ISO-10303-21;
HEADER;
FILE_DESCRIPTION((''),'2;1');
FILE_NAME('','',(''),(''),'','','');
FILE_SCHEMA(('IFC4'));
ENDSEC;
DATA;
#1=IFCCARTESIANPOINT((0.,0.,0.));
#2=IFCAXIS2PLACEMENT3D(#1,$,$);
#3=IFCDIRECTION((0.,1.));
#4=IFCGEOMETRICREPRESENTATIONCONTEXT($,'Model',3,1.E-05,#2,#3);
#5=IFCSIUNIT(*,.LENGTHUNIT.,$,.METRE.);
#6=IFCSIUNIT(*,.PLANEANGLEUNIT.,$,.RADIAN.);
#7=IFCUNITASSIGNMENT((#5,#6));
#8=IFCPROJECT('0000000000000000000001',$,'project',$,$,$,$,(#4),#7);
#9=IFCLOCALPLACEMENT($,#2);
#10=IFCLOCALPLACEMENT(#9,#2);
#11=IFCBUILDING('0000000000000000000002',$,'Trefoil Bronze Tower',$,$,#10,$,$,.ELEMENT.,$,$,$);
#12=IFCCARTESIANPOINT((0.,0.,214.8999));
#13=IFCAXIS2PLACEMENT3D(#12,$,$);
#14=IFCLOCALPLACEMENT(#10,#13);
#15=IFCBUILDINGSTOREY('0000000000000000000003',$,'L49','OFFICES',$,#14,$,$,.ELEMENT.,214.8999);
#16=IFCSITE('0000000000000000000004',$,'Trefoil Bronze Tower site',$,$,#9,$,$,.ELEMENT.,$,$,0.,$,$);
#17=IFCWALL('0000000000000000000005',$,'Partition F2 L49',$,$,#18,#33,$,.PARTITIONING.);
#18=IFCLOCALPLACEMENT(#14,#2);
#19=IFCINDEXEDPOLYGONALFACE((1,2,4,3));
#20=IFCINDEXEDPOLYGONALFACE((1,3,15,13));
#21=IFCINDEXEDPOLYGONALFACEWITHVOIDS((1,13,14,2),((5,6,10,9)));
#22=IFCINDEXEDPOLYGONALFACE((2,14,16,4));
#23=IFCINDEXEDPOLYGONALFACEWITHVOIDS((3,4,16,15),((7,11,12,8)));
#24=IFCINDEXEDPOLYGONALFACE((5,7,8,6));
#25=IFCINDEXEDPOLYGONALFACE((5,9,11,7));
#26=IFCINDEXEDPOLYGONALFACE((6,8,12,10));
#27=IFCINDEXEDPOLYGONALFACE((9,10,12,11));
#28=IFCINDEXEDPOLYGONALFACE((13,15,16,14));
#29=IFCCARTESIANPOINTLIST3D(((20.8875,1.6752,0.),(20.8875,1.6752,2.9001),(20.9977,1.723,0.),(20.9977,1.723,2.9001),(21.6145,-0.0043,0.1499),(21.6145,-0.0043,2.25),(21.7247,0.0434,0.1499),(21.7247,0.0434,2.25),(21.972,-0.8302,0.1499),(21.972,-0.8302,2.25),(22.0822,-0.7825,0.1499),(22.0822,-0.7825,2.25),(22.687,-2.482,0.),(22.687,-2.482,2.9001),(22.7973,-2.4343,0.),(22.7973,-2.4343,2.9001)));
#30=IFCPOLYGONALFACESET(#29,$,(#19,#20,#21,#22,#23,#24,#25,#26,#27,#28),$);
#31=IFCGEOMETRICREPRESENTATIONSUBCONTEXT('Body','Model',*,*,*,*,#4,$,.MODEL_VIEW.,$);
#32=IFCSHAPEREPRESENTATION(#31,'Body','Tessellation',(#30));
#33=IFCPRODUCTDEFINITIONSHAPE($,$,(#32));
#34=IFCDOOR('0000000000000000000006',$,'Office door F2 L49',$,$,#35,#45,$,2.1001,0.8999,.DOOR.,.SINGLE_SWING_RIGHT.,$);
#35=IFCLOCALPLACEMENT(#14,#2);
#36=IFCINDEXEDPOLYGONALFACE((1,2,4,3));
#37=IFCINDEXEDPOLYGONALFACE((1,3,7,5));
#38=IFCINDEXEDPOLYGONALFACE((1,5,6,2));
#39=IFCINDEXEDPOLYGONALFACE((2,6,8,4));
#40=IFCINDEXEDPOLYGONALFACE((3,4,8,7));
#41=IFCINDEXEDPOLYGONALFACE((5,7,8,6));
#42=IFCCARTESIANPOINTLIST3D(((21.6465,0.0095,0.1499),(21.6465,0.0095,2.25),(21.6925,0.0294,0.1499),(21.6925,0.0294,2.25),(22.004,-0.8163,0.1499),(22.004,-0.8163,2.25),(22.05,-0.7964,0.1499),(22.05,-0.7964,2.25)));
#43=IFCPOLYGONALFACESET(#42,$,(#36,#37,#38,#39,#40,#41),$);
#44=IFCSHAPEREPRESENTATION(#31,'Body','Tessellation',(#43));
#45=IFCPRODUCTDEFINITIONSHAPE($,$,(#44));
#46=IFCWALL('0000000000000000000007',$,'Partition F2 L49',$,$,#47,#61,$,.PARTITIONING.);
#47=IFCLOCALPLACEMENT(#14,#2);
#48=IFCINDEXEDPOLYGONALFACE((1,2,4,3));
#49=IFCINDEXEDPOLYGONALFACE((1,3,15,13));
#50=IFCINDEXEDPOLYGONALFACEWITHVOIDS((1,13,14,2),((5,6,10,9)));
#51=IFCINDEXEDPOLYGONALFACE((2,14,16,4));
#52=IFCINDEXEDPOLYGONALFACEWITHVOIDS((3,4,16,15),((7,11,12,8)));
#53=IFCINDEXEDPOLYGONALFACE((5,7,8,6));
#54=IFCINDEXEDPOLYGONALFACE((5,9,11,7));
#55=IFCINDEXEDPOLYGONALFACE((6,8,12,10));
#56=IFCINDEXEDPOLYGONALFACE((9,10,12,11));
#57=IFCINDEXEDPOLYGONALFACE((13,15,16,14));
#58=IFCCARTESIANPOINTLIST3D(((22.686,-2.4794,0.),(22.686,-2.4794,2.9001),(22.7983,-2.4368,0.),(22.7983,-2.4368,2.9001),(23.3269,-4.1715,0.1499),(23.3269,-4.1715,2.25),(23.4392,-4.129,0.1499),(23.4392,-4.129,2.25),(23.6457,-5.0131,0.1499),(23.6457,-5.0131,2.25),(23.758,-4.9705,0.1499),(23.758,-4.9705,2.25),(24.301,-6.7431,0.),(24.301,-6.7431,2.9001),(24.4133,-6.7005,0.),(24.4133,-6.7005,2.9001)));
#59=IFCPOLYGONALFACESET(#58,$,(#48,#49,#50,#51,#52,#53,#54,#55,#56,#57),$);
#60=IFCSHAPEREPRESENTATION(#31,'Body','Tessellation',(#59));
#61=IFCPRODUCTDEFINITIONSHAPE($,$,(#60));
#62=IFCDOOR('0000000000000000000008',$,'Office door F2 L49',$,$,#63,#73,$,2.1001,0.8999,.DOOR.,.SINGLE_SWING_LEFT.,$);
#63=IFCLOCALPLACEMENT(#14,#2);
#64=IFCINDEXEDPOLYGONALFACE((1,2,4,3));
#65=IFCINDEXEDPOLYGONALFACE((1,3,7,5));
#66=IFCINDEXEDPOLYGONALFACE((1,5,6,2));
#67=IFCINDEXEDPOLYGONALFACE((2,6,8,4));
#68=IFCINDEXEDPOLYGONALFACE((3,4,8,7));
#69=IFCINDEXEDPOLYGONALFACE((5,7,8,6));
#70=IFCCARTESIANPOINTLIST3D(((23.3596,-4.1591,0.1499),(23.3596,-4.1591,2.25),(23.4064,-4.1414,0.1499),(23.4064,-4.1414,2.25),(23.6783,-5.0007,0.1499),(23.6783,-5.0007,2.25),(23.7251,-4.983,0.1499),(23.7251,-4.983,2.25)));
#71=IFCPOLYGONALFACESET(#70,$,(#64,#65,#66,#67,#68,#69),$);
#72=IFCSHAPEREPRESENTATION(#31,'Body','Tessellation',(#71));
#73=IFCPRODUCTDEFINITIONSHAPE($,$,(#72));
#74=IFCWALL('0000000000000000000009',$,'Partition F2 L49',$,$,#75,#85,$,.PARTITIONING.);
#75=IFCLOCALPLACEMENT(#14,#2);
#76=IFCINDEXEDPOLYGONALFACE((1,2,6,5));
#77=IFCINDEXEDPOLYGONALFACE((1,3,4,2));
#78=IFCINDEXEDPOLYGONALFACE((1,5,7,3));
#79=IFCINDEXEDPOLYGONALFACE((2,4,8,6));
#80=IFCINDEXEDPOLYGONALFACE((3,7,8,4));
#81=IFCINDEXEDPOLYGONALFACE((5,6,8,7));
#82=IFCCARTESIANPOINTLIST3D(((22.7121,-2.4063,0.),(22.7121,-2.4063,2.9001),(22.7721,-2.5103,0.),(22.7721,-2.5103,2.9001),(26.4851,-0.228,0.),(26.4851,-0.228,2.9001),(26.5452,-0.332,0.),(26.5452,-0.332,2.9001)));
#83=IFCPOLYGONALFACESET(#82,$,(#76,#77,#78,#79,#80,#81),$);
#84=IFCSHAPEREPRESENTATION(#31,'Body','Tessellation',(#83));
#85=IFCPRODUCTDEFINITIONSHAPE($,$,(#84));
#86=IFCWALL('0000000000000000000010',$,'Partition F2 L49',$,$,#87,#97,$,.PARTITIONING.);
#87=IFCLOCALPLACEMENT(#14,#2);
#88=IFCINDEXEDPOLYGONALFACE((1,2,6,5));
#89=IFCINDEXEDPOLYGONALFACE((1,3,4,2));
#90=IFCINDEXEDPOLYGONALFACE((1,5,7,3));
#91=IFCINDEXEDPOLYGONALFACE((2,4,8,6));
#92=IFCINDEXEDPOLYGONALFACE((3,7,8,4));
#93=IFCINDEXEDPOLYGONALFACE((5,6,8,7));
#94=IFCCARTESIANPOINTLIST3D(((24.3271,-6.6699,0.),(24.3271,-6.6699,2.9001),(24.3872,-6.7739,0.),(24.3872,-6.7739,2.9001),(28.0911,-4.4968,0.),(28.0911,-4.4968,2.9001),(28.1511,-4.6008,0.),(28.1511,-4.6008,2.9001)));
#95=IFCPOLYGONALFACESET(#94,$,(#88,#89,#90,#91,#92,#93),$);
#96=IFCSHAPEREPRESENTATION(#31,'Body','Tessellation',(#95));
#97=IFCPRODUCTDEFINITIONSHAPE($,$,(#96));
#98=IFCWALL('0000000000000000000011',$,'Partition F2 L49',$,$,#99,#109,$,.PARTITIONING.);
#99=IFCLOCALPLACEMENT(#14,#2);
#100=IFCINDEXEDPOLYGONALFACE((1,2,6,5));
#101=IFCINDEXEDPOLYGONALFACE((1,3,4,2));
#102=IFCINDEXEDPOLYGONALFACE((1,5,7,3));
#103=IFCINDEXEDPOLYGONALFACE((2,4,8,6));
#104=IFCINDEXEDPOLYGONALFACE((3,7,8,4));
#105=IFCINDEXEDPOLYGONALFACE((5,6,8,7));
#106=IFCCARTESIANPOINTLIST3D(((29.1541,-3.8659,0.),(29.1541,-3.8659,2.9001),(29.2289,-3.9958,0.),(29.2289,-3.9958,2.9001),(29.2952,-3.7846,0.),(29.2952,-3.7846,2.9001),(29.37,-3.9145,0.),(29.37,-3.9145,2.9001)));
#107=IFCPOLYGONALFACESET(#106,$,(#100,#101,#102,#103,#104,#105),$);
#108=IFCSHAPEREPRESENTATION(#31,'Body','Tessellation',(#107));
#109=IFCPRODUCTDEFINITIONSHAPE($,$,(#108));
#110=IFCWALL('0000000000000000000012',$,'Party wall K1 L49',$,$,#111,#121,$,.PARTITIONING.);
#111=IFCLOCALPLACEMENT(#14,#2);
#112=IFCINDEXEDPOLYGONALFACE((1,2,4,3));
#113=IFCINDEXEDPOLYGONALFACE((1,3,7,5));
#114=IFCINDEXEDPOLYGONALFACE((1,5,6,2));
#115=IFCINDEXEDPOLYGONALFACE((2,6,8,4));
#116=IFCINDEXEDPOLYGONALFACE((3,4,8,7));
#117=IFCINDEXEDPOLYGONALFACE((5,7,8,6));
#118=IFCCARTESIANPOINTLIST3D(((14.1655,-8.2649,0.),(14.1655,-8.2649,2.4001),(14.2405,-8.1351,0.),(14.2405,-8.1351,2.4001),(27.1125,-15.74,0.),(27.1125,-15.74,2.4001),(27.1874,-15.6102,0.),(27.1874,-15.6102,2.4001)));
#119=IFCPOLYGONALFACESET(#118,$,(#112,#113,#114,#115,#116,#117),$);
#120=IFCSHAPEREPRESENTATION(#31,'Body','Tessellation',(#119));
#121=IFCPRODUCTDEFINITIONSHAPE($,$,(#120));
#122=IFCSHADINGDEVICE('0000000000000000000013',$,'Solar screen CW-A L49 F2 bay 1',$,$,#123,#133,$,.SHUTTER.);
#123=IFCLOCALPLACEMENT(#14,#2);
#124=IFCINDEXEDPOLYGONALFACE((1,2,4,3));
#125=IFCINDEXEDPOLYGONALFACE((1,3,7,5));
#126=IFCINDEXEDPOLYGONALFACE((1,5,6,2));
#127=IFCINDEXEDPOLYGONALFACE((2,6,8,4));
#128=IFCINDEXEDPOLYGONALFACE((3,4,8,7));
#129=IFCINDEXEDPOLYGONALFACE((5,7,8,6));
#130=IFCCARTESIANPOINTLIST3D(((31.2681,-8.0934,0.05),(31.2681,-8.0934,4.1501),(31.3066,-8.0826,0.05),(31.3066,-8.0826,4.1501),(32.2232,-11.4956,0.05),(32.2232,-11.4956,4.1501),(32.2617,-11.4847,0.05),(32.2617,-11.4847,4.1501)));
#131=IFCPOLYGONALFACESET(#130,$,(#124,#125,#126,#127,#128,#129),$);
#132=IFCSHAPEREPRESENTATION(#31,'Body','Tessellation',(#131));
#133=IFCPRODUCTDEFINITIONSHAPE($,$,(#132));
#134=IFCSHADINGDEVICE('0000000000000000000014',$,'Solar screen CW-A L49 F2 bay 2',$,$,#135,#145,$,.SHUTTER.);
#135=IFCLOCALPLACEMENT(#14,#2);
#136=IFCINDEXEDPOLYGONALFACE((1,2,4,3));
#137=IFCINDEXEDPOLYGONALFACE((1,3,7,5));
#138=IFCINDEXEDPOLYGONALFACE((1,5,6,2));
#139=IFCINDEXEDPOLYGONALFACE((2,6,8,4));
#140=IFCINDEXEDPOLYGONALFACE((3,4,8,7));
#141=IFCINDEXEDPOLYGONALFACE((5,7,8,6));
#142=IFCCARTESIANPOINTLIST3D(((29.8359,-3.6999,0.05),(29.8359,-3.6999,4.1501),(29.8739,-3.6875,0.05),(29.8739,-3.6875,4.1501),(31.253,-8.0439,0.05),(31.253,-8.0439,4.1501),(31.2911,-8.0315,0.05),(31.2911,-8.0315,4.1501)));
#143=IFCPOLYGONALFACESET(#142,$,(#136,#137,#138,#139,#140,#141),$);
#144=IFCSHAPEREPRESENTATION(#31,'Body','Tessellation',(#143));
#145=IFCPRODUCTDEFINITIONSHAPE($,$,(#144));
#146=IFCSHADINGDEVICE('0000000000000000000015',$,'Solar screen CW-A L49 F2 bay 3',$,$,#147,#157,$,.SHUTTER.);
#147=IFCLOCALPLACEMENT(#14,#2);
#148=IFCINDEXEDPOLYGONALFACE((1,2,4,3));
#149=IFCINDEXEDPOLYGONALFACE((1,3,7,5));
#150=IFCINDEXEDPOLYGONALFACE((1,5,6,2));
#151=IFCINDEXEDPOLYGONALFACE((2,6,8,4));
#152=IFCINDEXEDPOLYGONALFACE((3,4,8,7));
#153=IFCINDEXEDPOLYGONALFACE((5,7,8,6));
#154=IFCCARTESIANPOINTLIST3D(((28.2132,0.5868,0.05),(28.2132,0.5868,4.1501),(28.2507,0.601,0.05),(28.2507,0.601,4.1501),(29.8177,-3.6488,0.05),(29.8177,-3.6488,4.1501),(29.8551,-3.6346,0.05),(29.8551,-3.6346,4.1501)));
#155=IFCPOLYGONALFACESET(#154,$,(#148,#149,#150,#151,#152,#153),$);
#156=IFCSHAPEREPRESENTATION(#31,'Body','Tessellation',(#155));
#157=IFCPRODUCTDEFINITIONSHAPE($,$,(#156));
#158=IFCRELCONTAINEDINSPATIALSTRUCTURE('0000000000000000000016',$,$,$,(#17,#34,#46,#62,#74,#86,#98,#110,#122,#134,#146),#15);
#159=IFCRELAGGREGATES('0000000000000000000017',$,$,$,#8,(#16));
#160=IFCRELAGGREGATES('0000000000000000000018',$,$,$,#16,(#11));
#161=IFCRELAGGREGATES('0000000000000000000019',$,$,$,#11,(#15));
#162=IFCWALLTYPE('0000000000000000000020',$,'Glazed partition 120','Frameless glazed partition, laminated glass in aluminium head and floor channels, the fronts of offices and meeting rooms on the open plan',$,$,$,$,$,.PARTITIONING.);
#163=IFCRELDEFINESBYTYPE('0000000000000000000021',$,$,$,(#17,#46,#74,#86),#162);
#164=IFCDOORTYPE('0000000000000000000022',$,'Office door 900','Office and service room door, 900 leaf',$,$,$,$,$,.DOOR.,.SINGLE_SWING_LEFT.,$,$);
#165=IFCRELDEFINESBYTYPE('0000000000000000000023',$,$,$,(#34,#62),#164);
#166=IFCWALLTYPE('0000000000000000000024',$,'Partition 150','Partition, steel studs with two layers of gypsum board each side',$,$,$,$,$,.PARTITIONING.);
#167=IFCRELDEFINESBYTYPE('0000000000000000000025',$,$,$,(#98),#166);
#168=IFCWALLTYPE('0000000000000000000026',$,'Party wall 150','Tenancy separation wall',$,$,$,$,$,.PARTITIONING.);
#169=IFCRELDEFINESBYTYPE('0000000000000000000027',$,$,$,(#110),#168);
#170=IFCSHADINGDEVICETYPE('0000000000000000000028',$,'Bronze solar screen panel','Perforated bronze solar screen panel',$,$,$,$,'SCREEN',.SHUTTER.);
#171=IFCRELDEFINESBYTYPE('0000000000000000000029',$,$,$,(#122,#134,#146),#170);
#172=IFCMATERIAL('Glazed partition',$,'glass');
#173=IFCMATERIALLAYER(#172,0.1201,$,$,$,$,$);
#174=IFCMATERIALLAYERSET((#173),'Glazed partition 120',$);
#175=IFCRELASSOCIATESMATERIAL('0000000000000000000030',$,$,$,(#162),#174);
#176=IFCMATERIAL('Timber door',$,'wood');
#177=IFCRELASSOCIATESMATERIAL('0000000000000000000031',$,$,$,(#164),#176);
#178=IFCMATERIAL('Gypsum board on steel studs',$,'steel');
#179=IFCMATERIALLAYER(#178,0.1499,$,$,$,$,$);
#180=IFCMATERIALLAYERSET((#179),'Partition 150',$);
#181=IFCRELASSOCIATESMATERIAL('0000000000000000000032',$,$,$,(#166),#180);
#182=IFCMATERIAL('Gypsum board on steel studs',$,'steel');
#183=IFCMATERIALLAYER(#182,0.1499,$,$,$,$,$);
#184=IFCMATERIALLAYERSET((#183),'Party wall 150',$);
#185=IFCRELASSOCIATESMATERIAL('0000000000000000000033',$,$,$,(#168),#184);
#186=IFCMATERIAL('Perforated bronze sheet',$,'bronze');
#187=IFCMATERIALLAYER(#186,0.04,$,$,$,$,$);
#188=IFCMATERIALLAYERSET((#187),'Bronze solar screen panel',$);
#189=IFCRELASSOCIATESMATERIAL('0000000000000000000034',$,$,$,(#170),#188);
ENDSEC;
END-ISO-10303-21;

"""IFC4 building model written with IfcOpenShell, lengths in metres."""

from ifc_helpers import new_model, si_unit, direction, frame, frame_2d, origin, origin_2d, place, context, subcontext, project, spatial, rectangle, extrude, material, layer, layer_set, type_object, element, fill, save


model = new_model("IFC4")

# Units and contexts
model_context = context("Model", 3, precision=1e-05, world=origin(), true_north=direction((0.0, 1.0)))
body_context = subcontext(model_context, "Body", "Model", "MODEL_VIEW")
ifc_project = project(units=[si_unit("LENGTHUNIT", "METRE"), si_unit("PLANEANGLEUNIT", "RADIAN")], contexts=[model_context])

# Site, building, storey
site_placement = place(None, origin())
site = spatial("IfcSite", under=ifc_project, at=site_placement, Name="Trefoil Bronze Tower site", CompositionType="ELEMENT", RefElevation=0.0)
building_placement = place(site_placement, origin())
building = spatial("IfcBuilding", under=site, at=building_placement, Name="Trefoil Bronze Tower", CompositionType="ELEMENT")
storey_placement = place(building_placement, frame((0.0, 0.0, 214.8999)))
storey = spatial("IfcBuildingStorey", under=building, at=storey_placement, Name="L49", Description="OFFICES", CompositionType="ELEMENT", Elevation=214.8999)

# Walls, openings, doors
ifc_material_1 = material(Name="Glazed partition", Category="glass")
ifc_layer_1 = layer(ifc_material_1, 0.1201)
ifc_layer_set_1 = layer_set([ifc_layer_1], Name="Glazed partition 120")
wall_type_1 = type_object("IfcWallType", Name="Glazed partition 120", Description="Frameless glazed partition, laminated glass in aluminium head and floor channels, the fronts of offices and meeting rooms on the open plan", PredefinedType="PARTITIONING", material=ifc_layer_set_1)
wall_1_placement = place(storey_placement, frame((22.7422, -2.4583, 0.0), z_axis=(0.0, 0.0, 1.0), x_axis=(-0.397253, 0.917709, 0.0)))
wall_1 = element("IfcWall", 1, at=wall_1_placement, inside=storey, type_object=wall_type_1, Name="Partition F2 L49", PredefinedType="PARTITIONING", context=body_context, shape_type="SweptSolid", body=[
    extrude(rectangle(XDim=4.53, YDim=0.1201, at=frame_2d((2.2651, 0.0))), origin(), (0.0, 0.0, 1.0), 2.9001),
])
opening_1_placement = place(wall_1_placement, frame((1.8, 0.0, 0.1499)))
opening_1 = element("IfcOpeningElement", 2, at=opening_1_placement, cuts=wall_1, PredefinedType="OPENING", context=body_context, shape_type="SweptSolid", body=[
    extrude(rectangle(XDim=0.8999, YDim=2.1001, at=frame_2d((0.45, 1.05))), frame((0.0, 0.0701, 0.0), z_axis=(0.0, -1.0, 0.0), x_axis=(1.0, 0.0, 0.0)), (0.0, 0.0, 1.0), 0.1401),
])
ifc_material_2 = material(Name="Timber door", Category="wood")
door_type_1 = type_object("IfcDoorType", Name="Office door 900", Description="Office and service room door, 900 leaf", OperationType="SINGLE_SWING_LEFT", PredefinedType="DOOR", material=ifc_material_2)
door_1_placement = place(opening_1_placement, frame((0.8999, 0.0, 0.0), z_axis=(0.0, 0.0, 1.0), x_axis=(-1.0, 0.0, 0.0)))
door_1 = element("IfcDoor", 3, at=door_1_placement, inside=storey, type_object=door_type_1, Name="Office door F2 L49", OperationType="SINGLE_SWING_RIGHT", OverallHeight=2.1001, OverallWidth=0.8999, PredefinedType="DOOR", context=body_context, shape_type="SweptSolid", body=[
    extrude(rectangle(XDim=0.8999, YDim=2.1001, at=frame_2d((0.45, 1.05))), frame((0.0, 0.0249, 0.0), z_axis=(0.0, -1.0, 0.0), x_axis=(1.0, 0.0, 0.0)), (0.0, 0.0, 1.0), 0.05),
])
fill(opening_1, door_1)
wall_2_placement = place(storey_placement, frame((24.3572, -6.7219, 0.0), z_axis=(0.0, 0.0, 1.0), x_axis=(-0.35422, 0.935162, 0.0)))
wall_2 = element("IfcWall", 4, at=wall_2_placement, inside=storey, type_object=wall_type_1, Name="Partition F2 L49", PredefinedType="PARTITIONING", context=body_context, shape_type="SweptSolid", body=[
    extrude(rectangle(XDim=4.5593, YDim=0.1201, at=frame_2d((2.2798, 0.0))), origin(), (0.0, 0.0, 1.0), 2.9001),
])
opening_2_placement = place(wall_2_placement, frame((1.8501, 0.0, 0.1499)))
opening_2 = element("IfcOpeningElement", 5, at=opening_2_placement, cuts=wall_2, PredefinedType="OPENING", context=body_context, shape_type="SweptSolid", body=[
    extrude(rectangle(XDim=0.8999, YDim=2.1001, at=frame_2d((0.45, 1.05))), frame((0.0, 0.0701, 0.0), z_axis=(0.0, -1.0, 0.0), x_axis=(1.0, 0.0, 0.0)), (0.0, 0.0, 1.0), 0.1401),
])
door_2_placement = place(opening_2_placement, frame((0.8999, 0.0, 0.0), z_axis=(0.0, 0.0, 1.0), x_axis=(-1.0, 0.0, 0.0)))
door_2 = element("IfcDoor", 6, at=door_2_placement, inside=storey, type_object=door_type_1, Name="Office door F2 L49", OperationType="SINGLE_SWING_LEFT", OverallHeight=2.1001, OverallWidth=0.8999, PredefinedType="DOOR", context=body_context, shape_type="SweptSolid", body=[
    extrude(rectangle(XDim=0.8999, YDim=2.1001, at=frame_2d((0.45, 1.05))), frame((0.0, 0.0249, 0.0), z_axis=(0.0, -1.0, 0.0), x_axis=(1.0, 0.0, 0.0)), (0.0, 0.0, 1.0), 0.05),
])
fill(opening_2, door_2)

# Walls
wall_3_placement = place(storey_placement, frame((22.7422, -2.4583, 0.0), z_axis=(0.0, 0.0, 1.0), x_axis=(0.866034, 0.499984, 0.0)))
element("IfcWall", 7, at=wall_3_placement, inside=storey, type_object=wall_type_1, Name="Partition F2 L49", PredefinedType="PARTITIONING", context=body_context, shape_type="SweptSolid", body=[
    extrude(rectangle(XDim=4.3567, YDim=0.1201, at=frame_2d((2.1782, 0.0))), origin(), (0.0, 0.0, 1.0), 2.9001),
])
wall_4_placement = place(storey_placement, frame((24.3572, -6.7219, 0.0), z_axis=(0.0, 0.0, 1.0), x_axis=(0.866026, 0.5, 0.0)))
element("IfcWall", 8, at=wall_4_placement, inside=storey, type_object=wall_type_1, Name="Partition F2 L49", PredefinedType="PARTITIONING", context=body_context, shape_type="SweptSolid", body=[
    extrude(rectangle(XDim=4.3462, YDim=0.1201, at=frame_2d((2.1731, 0.0))), origin(), (0.0, 0.0, 1.0), 2.9001),
])
ifc_material_3 = material(Name="Gypsum board on steel studs", Category="steel")
ifc_layer_2 = layer(ifc_material_3, 0.1499)
ifc_layer_set_2 = layer_set([ifc_layer_2], Name="Partition 150")
wall_type_2 = type_object("IfcWallType", Name="Partition 150", Description="Partition, steel studs with two layers of gypsum board each side", PredefinedType="PARTITIONING", material=ifc_layer_set_2)
wall_5_placement = place(storey_placement, frame((29.1914, -3.9309, 0.0), z_axis=(0.0, 0.0, 1.0), x_axis=(0.866485, 0.499203, 0.0)))
element("IfcWall", 9, at=wall_5_placement, inside=storey, type_object=wall_type_2, Name="Partition F2 L49", PredefinedType="PARTITIONING", context=body_context, shape_type="SweptSolid", body=[
    extrude(rectangle(XDim=0.1628, YDim=0.1499, at=frame_2d((0.0815, 0.0))), origin(), (0.0, 0.0, 1.0), 2.9001),
])
ifc_material_4 = material(Name="Gypsum board on steel studs", Category="steel")
ifc_layer_3 = layer(ifc_material_4, 0.1499)
ifc_layer_set_3 = layer_set([ifc_layer_3], Name="Party wall 150")
wall_type_3 = type_object("IfcWallType", Name="Party wall 150", Description="Tenancy separation wall", PredefinedType="PARTITIONING", material=ifc_layer_set_3)
wall_6_placement = place(storey_placement, frame((14.2029, -8.2, 0.0), z_axis=(0.0, 0.0, 1.0), x_axis=(0.866022, -0.500007, 0.0)))
element("IfcWall", 10, at=wall_6_placement, inside=storey, type_object=wall_type_3, Name="Party wall K1 L49", PredefinedType="PARTITIONING", context=body_context, shape_type="SweptSolid", body=[
    extrude(rectangle(XDim=14.95, YDim=0.1499, at=frame_2d((7.4751, 0.0))), origin(), (0.0, 0.0, 1.0), 2.4001),
])

# Shading devices
ifc_material_5 = material(Name="Perforated bronze sheet", Category="bronze")
ifc_layer_4 = layer(ifc_material_5, 0.04)
ifc_layer_set_4 = layer_set([ifc_layer_4], Name="Bronze solar screen panel")
shading_device_type = type_object("IfcShadingDeviceType", Name="Bronze solar screen panel", Description="Perforated bronze solar screen panel", ElementType="SCREEN", PredefinedType="SHUTTER", material=ifc_layer_set_4)
shading_device_1_placement = place(storey_placement, frame((31.7649, -9.7891, 0.05), z_axis=(0.0, 0.0, 1.0), x_axis=(-0.270282, 0.962781, 0.0)))
element("IfcShadingDevice", 11, at=shading_device_1_placement, inside=storey, type_object=shading_device_type, Name="Solar screen CW-A L49 F2 bay 1", PredefinedType="SHUTTER", context=body_context, shape_type="SweptSolid", body=[
    extrude(rectangle(XDim=3.5337, YDim=0.04, at=origin_2d()), origin(), (0.0, 0.0, 1.0), 4.1001),
])
shading_device_2_placement = place(storey_placement, frame((30.5635, -5.8657, 0.05), z_axis=(0.0, 0.0, 1.0), x_axis=(-0.310149, 0.950688, 0.0)))
element("IfcShadingDevice", 12, at=shading_device_2_placement, inside=storey, type_object=shading_device_type, Name="Solar screen CW-A L49 F2 bay 2", PredefinedType="SHUTTER", context=body_context, shape_type="SweptSolid", body=[
    extrude(rectangle(XDim=4.5693, YDim=0.04, at=origin_2d()), origin(), (0.0, 0.0, 1.0), 4.1001),
])
shading_device_3_placement = place(storey_placement, frame((29.0342, -1.5239, 0.05), z_axis=(0.0, 0.0, 1.0), x_axis=(-0.354234, 0.935157, 0.0)))
element("IfcShadingDevice", 13, at=shading_device_3_placement, inside=storey, type_object=shading_device_type, Name="Solar screen CW-A L49 F2 bay 3", PredefinedType="SHUTTER", context=body_context, shape_type="SweptSolid", body=[
    extrude(rectangle(XDim=4.5293, YDim=0.04, at=origin_2d()), origin(), (0.0, 0.0, 1.0), 4.1001),
])

save(model, "model.ifc")
